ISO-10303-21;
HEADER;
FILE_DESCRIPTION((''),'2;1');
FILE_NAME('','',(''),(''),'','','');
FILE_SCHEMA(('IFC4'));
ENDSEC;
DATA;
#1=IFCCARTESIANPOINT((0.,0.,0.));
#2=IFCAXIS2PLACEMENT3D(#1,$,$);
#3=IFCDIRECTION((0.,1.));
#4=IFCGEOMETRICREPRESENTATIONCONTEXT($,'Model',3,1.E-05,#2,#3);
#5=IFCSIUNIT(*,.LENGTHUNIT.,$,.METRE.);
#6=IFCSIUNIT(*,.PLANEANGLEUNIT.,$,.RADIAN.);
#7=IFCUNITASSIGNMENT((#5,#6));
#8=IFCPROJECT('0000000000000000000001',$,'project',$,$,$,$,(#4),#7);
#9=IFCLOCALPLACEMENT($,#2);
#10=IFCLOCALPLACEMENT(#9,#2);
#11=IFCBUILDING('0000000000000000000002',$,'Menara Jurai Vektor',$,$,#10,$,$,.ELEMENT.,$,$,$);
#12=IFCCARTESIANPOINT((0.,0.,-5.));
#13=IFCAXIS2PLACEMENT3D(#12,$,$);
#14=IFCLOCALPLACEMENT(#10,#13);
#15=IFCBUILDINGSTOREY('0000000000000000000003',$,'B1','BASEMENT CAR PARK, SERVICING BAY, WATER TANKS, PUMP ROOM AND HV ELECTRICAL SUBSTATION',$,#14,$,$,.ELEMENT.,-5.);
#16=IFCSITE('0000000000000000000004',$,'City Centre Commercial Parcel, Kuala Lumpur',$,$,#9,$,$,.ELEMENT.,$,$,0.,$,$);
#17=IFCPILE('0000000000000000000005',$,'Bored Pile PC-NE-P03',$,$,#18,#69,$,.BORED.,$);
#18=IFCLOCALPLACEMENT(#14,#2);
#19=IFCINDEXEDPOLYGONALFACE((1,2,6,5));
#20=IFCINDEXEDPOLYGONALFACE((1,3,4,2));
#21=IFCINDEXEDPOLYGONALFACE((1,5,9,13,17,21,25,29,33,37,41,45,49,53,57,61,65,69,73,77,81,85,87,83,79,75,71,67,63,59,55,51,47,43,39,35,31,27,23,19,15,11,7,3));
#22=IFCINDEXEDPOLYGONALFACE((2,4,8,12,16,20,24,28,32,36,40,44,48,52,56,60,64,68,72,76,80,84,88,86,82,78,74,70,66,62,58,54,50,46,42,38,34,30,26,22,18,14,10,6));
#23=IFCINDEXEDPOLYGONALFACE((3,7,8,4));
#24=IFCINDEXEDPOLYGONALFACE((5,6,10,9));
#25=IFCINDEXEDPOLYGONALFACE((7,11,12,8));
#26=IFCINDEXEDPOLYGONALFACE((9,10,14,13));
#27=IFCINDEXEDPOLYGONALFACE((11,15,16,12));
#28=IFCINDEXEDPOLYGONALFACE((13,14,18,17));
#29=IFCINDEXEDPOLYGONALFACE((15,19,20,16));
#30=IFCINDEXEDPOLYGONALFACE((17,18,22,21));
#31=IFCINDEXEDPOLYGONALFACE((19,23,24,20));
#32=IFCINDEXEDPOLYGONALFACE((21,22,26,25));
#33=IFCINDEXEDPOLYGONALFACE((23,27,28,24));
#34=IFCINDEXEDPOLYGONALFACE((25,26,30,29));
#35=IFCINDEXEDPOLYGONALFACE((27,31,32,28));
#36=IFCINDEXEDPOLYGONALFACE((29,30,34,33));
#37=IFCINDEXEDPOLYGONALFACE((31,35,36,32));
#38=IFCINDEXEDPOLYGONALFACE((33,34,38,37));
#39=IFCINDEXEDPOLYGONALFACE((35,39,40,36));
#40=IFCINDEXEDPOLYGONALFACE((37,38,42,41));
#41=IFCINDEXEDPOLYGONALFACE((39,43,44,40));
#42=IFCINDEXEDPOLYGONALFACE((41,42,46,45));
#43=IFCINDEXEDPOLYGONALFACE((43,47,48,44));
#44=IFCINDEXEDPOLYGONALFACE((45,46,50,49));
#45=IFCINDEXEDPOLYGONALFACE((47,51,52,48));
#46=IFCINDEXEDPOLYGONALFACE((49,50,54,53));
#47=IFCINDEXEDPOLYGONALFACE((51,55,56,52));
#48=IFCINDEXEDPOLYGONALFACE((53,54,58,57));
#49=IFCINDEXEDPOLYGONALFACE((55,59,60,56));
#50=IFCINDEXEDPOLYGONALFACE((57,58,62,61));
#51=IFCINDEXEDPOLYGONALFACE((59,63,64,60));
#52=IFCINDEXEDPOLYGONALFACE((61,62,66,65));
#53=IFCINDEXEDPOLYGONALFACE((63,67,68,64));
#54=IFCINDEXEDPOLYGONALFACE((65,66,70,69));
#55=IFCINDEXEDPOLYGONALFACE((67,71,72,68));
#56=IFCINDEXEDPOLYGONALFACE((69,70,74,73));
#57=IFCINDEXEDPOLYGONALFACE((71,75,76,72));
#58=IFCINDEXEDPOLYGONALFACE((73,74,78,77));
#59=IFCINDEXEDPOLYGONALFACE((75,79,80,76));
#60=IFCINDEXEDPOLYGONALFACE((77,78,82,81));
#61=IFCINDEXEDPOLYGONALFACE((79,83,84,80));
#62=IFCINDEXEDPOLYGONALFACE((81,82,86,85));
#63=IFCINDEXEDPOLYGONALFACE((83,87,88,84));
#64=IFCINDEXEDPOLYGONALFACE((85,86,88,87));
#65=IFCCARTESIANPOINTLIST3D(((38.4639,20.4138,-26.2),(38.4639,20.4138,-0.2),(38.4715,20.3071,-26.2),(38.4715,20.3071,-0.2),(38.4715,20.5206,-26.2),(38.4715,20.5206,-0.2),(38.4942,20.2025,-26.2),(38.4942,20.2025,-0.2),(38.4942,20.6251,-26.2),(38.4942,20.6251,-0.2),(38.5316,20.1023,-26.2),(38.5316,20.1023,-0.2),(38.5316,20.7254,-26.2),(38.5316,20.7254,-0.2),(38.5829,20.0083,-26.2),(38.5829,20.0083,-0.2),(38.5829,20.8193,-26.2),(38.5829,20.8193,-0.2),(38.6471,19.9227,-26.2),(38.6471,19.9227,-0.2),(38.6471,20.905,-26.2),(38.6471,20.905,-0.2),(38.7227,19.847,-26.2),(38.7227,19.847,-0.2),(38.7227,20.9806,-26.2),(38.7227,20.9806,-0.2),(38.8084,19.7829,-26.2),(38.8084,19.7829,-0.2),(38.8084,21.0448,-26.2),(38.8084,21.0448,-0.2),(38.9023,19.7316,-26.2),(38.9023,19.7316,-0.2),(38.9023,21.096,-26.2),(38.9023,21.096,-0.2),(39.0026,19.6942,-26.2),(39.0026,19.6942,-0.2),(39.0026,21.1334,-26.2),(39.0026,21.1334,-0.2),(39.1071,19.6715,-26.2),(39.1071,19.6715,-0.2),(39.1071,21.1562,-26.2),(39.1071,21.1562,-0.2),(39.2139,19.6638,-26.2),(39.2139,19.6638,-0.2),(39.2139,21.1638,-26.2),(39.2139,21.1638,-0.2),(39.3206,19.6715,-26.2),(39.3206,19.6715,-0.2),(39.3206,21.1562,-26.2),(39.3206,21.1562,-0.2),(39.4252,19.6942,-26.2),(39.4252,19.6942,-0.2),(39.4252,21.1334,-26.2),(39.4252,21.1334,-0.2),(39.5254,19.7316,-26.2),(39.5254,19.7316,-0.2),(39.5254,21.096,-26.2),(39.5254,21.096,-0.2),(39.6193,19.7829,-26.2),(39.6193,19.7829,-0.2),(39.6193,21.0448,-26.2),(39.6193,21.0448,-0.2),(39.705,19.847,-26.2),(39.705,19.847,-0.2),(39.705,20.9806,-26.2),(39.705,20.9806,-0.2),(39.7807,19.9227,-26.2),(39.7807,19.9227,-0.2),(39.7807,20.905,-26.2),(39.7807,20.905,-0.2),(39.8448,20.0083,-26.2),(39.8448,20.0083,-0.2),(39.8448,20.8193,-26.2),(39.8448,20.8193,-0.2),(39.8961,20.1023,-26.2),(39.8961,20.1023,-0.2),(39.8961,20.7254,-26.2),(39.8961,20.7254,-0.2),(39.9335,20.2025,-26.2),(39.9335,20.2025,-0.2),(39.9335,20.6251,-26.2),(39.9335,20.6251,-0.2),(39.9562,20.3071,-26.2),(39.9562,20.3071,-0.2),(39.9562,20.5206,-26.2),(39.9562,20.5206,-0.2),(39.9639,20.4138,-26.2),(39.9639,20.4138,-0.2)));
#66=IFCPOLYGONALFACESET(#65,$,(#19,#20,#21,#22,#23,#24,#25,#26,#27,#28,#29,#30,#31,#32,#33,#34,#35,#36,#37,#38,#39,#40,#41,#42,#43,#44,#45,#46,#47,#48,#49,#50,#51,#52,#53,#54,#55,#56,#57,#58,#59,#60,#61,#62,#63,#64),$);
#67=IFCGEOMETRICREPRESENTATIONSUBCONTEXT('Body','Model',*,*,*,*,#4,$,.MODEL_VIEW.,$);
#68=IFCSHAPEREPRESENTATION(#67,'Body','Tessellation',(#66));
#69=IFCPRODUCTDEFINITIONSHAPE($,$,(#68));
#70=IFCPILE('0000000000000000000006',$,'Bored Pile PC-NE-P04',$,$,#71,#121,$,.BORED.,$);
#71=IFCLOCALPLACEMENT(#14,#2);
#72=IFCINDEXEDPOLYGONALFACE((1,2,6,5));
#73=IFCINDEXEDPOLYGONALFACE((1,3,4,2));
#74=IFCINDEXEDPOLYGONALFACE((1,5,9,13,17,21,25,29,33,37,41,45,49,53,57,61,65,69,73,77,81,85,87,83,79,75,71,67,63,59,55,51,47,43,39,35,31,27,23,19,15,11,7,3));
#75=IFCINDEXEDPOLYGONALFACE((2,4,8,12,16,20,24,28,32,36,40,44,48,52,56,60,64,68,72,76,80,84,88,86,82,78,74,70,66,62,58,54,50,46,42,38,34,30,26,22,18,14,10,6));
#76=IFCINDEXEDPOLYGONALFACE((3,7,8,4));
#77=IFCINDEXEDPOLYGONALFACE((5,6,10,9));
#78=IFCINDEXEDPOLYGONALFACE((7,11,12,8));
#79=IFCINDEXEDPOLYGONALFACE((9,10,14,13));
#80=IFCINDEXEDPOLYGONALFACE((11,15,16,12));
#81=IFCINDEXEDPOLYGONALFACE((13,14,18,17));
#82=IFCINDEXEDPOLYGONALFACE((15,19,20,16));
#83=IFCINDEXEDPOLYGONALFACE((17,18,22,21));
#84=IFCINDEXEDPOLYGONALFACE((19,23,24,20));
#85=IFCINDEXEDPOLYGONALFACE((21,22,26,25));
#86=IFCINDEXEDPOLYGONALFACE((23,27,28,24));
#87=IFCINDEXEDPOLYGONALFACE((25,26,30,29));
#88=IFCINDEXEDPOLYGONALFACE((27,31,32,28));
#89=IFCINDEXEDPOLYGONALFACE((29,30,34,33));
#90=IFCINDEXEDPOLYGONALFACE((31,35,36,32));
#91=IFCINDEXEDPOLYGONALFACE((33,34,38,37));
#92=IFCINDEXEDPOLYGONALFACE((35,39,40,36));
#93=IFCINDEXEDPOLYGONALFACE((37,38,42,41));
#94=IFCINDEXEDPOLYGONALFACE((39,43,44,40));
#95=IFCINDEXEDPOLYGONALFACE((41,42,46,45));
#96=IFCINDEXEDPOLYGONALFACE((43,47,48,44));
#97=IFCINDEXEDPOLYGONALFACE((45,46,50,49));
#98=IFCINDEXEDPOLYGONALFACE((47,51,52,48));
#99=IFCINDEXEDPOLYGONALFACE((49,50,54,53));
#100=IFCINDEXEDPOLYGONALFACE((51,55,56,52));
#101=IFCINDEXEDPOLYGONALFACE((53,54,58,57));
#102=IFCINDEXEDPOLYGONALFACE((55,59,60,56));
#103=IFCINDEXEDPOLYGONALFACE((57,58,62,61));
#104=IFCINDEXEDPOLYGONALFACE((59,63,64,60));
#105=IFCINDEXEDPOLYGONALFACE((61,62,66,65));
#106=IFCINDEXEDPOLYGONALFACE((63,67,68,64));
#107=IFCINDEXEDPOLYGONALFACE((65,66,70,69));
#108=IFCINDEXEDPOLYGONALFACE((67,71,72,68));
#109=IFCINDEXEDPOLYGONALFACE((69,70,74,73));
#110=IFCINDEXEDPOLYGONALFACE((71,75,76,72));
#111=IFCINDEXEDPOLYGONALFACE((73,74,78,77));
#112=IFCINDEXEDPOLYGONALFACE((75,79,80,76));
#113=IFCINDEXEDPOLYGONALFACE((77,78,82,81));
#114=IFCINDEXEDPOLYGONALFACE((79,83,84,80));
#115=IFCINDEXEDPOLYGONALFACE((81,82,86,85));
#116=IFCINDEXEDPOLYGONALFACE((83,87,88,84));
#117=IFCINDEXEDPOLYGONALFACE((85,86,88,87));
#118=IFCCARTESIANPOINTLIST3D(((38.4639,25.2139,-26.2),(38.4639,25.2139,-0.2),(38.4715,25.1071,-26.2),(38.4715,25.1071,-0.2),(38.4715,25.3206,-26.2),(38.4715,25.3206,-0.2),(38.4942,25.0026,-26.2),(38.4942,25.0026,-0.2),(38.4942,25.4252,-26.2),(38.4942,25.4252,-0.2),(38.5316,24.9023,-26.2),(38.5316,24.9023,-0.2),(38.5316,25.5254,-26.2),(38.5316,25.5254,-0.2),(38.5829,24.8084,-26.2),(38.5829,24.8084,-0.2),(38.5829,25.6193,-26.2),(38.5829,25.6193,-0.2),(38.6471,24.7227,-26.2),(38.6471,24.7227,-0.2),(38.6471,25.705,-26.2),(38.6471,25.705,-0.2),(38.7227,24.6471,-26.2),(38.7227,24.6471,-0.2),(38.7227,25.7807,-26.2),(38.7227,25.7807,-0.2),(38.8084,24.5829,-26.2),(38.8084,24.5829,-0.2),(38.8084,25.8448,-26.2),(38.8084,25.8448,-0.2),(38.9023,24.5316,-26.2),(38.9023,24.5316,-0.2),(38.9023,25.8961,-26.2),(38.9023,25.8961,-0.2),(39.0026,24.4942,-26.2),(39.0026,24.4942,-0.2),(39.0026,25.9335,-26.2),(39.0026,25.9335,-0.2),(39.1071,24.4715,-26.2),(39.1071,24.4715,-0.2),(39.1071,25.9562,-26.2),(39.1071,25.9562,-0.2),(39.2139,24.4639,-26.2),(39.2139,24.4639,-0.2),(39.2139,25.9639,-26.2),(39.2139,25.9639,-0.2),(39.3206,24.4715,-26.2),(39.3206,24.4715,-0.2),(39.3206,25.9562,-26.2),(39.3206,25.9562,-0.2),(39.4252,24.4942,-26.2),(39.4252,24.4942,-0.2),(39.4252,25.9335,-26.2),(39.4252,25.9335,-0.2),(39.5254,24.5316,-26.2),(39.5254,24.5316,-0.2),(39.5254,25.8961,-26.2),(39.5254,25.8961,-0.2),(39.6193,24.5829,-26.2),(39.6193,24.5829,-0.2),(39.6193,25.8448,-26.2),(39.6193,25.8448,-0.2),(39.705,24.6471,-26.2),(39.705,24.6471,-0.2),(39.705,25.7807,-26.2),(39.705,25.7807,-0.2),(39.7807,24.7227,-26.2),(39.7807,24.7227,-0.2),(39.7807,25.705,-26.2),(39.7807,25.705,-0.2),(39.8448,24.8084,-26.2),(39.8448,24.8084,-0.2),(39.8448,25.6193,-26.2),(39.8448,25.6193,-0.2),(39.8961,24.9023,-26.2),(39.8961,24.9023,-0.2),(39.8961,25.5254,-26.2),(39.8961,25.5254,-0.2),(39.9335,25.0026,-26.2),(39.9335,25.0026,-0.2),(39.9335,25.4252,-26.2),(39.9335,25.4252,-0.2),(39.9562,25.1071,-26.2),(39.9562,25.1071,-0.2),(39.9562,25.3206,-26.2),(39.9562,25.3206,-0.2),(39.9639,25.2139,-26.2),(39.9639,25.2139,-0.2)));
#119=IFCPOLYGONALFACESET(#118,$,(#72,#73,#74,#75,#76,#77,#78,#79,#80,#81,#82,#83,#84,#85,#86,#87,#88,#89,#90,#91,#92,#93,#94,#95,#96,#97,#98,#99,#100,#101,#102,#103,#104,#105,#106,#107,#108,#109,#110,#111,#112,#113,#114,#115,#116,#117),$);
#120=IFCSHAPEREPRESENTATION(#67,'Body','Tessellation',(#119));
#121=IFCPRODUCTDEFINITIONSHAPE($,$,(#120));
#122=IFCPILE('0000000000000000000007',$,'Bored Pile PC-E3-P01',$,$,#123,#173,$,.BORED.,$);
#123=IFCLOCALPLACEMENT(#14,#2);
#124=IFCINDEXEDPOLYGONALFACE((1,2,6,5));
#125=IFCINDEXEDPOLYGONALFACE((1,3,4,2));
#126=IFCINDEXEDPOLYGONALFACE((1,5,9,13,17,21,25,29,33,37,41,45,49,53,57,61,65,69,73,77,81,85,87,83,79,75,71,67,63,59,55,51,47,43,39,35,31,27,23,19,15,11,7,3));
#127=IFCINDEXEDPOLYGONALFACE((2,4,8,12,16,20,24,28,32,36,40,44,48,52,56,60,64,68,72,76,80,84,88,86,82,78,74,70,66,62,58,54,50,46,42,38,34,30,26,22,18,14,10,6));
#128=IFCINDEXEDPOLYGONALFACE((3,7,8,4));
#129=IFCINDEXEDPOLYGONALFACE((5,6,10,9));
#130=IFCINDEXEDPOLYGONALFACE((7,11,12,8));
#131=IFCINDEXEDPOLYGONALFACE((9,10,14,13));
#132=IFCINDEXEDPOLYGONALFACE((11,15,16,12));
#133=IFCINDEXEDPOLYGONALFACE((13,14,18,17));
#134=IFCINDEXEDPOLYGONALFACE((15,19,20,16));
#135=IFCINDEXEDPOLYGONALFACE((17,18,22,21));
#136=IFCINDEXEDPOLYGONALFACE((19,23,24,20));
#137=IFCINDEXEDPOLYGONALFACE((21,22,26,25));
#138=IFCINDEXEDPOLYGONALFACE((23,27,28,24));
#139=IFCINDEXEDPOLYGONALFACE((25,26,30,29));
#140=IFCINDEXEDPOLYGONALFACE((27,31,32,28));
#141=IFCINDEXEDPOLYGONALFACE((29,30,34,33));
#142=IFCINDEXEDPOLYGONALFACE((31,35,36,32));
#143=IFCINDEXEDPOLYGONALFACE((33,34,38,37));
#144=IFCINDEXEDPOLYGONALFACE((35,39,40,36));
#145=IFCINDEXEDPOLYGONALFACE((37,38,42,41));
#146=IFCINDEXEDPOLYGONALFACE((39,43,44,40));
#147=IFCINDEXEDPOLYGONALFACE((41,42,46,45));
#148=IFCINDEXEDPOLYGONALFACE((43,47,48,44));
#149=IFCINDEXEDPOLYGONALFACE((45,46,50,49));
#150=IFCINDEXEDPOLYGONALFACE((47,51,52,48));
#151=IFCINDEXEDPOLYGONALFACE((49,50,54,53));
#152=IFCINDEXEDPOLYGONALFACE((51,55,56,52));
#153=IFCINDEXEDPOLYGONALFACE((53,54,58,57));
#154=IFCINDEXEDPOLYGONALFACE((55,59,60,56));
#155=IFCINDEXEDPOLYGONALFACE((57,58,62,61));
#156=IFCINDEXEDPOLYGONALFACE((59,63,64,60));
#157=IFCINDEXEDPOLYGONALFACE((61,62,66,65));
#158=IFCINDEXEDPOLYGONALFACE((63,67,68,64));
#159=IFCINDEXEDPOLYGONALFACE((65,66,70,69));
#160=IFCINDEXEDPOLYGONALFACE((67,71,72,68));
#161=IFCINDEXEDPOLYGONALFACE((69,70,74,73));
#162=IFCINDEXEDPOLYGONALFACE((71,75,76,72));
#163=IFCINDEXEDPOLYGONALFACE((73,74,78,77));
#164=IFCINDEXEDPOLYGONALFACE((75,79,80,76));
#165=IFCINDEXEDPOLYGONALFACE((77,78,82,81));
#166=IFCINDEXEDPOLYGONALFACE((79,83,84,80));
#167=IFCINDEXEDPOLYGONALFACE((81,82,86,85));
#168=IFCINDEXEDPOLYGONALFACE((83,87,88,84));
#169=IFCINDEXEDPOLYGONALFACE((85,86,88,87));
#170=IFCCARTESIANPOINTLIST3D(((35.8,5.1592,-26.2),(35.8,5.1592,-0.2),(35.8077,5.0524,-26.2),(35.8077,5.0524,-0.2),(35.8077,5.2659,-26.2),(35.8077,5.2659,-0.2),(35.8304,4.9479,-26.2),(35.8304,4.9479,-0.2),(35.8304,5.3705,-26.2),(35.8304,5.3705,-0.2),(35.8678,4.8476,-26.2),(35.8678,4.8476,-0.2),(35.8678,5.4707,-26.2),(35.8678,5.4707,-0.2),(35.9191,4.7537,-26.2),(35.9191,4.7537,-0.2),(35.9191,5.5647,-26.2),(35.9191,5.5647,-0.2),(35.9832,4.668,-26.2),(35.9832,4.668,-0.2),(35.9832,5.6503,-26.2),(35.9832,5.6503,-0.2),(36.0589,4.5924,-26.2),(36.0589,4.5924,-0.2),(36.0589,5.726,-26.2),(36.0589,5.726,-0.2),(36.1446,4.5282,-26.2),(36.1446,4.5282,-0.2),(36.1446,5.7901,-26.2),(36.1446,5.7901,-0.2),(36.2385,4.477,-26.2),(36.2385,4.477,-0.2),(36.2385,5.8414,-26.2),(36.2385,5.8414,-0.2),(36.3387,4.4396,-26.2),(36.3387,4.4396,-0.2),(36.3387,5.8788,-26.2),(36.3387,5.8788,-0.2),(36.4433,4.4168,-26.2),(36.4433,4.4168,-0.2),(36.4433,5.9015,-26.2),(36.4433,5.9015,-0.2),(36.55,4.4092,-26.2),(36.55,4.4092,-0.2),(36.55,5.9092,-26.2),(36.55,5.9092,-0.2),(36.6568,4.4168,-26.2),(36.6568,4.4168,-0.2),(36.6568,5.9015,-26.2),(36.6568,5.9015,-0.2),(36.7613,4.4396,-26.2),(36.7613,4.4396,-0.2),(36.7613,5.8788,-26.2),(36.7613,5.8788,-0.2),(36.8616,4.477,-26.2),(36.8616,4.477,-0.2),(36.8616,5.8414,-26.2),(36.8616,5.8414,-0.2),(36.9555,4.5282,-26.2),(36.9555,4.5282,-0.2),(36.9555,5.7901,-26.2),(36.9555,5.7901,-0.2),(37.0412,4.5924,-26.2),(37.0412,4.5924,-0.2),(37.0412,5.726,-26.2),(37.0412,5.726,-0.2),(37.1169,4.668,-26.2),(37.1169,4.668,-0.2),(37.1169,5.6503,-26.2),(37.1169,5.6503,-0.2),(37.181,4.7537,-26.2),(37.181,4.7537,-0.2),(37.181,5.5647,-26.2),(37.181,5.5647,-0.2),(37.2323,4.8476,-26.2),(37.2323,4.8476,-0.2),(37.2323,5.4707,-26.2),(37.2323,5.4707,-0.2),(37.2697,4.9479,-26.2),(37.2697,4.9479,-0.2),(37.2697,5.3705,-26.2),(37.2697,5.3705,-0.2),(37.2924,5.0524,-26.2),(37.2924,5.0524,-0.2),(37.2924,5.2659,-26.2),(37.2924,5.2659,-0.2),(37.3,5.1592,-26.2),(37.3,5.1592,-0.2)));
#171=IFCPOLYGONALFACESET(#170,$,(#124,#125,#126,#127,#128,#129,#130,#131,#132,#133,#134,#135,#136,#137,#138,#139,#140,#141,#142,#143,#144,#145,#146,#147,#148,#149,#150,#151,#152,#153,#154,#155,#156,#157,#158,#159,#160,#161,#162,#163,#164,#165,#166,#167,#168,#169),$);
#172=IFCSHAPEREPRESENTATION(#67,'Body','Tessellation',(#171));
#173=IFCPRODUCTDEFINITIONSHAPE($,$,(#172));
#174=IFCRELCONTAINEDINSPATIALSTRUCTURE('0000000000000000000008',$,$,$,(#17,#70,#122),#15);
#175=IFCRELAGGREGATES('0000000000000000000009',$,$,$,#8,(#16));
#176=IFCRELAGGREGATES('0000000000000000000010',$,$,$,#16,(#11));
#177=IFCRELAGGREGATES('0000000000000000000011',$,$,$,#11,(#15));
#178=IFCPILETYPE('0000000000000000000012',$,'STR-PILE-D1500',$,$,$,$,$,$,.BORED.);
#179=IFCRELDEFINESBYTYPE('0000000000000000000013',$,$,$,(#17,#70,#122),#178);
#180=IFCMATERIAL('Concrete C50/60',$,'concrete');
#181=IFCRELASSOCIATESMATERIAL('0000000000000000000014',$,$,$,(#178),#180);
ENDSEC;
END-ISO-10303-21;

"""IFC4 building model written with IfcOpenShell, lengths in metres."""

from ifc_helpers import new_model, si_unit, direction, frame, origin, origin_2d, place, context, subcontext, project, spatial, circle, extrude, material, material_profile, profile_set, type_object, element, save


model = new_model("IFC4")

# Units and contexts
model_context = context("Model", 3, precision=1e-05, world=origin(), true_north=direction((0.0, 1.0)))
body_context = subcontext(model_context, "Body", "Model", "MODEL_VIEW")
ifc_project = project(units=[si_unit("LENGTHUNIT", "METRE"), si_unit("PLANEANGLEUNIT", "RADIAN")], contexts=[model_context])

# Site, building, storey
site_placement = place(None, origin())
site = spatial("IfcSite", under=ifc_project, at=site_placement, Name="City Centre Commercial Parcel, Kuala Lumpur", CompositionType="ELEMENT", RefElevation=0.0)
building_placement = place(site_placement, origin())
building = spatial("IfcBuilding", under=site, at=building_placement, Name="Menara Jurai Vektor", CompositionType="ELEMENT")
storey_placement = place(building_placement, frame((0.0, 0.0, -5.0)))
storey = spatial("IfcBuildingStorey", under=building, at=storey_placement, Name="B1", Description="BASEMENT CAR PARK, SERVICING BAY, WATER TANKS, PUMP ROOM AND HV ELECTRICAL SUBSTATION", CompositionType="ELEMENT", Elevation=-5.0)

# Shared definitions
ifc_material_1 = material(Name="Concrete C50/60", Category="concrete")

# Piles
ifc_material_profile_1 = material_profile(ifc_material_1, circle(Radius=0.75, at=origin_2d()), Name="PILE D1500")
ifc_profile_set_1 = profile_set([ifc_material_profile_1], Name="Concrete C50/60")
pile_type_1 = type_object("IfcPileType", Name="STR-PILE-D1500", PredefinedType="BORED", material=ifc_profile_set_1)
for number, where, z_axis, x_axis, name in (
    (1, (39.2139, 20.4138, -0.2), (0.0, 0.0, -1.0), (1.0, 0.0, 0.0), "Bored Pile PC-NE-P03"),
    (2, (39.2139, 25.2139, -0.2), (0.0, 0.0, -1.0), (1.0, 0.0, 0.0), "Bored Pile PC-NE-P04"),
    (3, (36.55, 5.1592, -0.2), (0.0, 0.0, -1.0), (1.0, 0.0, 0.0), "Bored Pile PC-E3-P01"),
):
    element("IfcPile", number, at=place(storey_placement, frame(where, z_axis=z_axis, x_axis=x_axis)), inside=storey, type_object=pile_type_1, Name=name, PredefinedType="BORED", context=body_context, shape_type="SweptSolid", body=[
        extrude(circle(Radius=0.75, at=origin_2d()), origin(), (0.0, 0.0, 1.0), 26.0),
    ])

save(model, "model.ifc")
